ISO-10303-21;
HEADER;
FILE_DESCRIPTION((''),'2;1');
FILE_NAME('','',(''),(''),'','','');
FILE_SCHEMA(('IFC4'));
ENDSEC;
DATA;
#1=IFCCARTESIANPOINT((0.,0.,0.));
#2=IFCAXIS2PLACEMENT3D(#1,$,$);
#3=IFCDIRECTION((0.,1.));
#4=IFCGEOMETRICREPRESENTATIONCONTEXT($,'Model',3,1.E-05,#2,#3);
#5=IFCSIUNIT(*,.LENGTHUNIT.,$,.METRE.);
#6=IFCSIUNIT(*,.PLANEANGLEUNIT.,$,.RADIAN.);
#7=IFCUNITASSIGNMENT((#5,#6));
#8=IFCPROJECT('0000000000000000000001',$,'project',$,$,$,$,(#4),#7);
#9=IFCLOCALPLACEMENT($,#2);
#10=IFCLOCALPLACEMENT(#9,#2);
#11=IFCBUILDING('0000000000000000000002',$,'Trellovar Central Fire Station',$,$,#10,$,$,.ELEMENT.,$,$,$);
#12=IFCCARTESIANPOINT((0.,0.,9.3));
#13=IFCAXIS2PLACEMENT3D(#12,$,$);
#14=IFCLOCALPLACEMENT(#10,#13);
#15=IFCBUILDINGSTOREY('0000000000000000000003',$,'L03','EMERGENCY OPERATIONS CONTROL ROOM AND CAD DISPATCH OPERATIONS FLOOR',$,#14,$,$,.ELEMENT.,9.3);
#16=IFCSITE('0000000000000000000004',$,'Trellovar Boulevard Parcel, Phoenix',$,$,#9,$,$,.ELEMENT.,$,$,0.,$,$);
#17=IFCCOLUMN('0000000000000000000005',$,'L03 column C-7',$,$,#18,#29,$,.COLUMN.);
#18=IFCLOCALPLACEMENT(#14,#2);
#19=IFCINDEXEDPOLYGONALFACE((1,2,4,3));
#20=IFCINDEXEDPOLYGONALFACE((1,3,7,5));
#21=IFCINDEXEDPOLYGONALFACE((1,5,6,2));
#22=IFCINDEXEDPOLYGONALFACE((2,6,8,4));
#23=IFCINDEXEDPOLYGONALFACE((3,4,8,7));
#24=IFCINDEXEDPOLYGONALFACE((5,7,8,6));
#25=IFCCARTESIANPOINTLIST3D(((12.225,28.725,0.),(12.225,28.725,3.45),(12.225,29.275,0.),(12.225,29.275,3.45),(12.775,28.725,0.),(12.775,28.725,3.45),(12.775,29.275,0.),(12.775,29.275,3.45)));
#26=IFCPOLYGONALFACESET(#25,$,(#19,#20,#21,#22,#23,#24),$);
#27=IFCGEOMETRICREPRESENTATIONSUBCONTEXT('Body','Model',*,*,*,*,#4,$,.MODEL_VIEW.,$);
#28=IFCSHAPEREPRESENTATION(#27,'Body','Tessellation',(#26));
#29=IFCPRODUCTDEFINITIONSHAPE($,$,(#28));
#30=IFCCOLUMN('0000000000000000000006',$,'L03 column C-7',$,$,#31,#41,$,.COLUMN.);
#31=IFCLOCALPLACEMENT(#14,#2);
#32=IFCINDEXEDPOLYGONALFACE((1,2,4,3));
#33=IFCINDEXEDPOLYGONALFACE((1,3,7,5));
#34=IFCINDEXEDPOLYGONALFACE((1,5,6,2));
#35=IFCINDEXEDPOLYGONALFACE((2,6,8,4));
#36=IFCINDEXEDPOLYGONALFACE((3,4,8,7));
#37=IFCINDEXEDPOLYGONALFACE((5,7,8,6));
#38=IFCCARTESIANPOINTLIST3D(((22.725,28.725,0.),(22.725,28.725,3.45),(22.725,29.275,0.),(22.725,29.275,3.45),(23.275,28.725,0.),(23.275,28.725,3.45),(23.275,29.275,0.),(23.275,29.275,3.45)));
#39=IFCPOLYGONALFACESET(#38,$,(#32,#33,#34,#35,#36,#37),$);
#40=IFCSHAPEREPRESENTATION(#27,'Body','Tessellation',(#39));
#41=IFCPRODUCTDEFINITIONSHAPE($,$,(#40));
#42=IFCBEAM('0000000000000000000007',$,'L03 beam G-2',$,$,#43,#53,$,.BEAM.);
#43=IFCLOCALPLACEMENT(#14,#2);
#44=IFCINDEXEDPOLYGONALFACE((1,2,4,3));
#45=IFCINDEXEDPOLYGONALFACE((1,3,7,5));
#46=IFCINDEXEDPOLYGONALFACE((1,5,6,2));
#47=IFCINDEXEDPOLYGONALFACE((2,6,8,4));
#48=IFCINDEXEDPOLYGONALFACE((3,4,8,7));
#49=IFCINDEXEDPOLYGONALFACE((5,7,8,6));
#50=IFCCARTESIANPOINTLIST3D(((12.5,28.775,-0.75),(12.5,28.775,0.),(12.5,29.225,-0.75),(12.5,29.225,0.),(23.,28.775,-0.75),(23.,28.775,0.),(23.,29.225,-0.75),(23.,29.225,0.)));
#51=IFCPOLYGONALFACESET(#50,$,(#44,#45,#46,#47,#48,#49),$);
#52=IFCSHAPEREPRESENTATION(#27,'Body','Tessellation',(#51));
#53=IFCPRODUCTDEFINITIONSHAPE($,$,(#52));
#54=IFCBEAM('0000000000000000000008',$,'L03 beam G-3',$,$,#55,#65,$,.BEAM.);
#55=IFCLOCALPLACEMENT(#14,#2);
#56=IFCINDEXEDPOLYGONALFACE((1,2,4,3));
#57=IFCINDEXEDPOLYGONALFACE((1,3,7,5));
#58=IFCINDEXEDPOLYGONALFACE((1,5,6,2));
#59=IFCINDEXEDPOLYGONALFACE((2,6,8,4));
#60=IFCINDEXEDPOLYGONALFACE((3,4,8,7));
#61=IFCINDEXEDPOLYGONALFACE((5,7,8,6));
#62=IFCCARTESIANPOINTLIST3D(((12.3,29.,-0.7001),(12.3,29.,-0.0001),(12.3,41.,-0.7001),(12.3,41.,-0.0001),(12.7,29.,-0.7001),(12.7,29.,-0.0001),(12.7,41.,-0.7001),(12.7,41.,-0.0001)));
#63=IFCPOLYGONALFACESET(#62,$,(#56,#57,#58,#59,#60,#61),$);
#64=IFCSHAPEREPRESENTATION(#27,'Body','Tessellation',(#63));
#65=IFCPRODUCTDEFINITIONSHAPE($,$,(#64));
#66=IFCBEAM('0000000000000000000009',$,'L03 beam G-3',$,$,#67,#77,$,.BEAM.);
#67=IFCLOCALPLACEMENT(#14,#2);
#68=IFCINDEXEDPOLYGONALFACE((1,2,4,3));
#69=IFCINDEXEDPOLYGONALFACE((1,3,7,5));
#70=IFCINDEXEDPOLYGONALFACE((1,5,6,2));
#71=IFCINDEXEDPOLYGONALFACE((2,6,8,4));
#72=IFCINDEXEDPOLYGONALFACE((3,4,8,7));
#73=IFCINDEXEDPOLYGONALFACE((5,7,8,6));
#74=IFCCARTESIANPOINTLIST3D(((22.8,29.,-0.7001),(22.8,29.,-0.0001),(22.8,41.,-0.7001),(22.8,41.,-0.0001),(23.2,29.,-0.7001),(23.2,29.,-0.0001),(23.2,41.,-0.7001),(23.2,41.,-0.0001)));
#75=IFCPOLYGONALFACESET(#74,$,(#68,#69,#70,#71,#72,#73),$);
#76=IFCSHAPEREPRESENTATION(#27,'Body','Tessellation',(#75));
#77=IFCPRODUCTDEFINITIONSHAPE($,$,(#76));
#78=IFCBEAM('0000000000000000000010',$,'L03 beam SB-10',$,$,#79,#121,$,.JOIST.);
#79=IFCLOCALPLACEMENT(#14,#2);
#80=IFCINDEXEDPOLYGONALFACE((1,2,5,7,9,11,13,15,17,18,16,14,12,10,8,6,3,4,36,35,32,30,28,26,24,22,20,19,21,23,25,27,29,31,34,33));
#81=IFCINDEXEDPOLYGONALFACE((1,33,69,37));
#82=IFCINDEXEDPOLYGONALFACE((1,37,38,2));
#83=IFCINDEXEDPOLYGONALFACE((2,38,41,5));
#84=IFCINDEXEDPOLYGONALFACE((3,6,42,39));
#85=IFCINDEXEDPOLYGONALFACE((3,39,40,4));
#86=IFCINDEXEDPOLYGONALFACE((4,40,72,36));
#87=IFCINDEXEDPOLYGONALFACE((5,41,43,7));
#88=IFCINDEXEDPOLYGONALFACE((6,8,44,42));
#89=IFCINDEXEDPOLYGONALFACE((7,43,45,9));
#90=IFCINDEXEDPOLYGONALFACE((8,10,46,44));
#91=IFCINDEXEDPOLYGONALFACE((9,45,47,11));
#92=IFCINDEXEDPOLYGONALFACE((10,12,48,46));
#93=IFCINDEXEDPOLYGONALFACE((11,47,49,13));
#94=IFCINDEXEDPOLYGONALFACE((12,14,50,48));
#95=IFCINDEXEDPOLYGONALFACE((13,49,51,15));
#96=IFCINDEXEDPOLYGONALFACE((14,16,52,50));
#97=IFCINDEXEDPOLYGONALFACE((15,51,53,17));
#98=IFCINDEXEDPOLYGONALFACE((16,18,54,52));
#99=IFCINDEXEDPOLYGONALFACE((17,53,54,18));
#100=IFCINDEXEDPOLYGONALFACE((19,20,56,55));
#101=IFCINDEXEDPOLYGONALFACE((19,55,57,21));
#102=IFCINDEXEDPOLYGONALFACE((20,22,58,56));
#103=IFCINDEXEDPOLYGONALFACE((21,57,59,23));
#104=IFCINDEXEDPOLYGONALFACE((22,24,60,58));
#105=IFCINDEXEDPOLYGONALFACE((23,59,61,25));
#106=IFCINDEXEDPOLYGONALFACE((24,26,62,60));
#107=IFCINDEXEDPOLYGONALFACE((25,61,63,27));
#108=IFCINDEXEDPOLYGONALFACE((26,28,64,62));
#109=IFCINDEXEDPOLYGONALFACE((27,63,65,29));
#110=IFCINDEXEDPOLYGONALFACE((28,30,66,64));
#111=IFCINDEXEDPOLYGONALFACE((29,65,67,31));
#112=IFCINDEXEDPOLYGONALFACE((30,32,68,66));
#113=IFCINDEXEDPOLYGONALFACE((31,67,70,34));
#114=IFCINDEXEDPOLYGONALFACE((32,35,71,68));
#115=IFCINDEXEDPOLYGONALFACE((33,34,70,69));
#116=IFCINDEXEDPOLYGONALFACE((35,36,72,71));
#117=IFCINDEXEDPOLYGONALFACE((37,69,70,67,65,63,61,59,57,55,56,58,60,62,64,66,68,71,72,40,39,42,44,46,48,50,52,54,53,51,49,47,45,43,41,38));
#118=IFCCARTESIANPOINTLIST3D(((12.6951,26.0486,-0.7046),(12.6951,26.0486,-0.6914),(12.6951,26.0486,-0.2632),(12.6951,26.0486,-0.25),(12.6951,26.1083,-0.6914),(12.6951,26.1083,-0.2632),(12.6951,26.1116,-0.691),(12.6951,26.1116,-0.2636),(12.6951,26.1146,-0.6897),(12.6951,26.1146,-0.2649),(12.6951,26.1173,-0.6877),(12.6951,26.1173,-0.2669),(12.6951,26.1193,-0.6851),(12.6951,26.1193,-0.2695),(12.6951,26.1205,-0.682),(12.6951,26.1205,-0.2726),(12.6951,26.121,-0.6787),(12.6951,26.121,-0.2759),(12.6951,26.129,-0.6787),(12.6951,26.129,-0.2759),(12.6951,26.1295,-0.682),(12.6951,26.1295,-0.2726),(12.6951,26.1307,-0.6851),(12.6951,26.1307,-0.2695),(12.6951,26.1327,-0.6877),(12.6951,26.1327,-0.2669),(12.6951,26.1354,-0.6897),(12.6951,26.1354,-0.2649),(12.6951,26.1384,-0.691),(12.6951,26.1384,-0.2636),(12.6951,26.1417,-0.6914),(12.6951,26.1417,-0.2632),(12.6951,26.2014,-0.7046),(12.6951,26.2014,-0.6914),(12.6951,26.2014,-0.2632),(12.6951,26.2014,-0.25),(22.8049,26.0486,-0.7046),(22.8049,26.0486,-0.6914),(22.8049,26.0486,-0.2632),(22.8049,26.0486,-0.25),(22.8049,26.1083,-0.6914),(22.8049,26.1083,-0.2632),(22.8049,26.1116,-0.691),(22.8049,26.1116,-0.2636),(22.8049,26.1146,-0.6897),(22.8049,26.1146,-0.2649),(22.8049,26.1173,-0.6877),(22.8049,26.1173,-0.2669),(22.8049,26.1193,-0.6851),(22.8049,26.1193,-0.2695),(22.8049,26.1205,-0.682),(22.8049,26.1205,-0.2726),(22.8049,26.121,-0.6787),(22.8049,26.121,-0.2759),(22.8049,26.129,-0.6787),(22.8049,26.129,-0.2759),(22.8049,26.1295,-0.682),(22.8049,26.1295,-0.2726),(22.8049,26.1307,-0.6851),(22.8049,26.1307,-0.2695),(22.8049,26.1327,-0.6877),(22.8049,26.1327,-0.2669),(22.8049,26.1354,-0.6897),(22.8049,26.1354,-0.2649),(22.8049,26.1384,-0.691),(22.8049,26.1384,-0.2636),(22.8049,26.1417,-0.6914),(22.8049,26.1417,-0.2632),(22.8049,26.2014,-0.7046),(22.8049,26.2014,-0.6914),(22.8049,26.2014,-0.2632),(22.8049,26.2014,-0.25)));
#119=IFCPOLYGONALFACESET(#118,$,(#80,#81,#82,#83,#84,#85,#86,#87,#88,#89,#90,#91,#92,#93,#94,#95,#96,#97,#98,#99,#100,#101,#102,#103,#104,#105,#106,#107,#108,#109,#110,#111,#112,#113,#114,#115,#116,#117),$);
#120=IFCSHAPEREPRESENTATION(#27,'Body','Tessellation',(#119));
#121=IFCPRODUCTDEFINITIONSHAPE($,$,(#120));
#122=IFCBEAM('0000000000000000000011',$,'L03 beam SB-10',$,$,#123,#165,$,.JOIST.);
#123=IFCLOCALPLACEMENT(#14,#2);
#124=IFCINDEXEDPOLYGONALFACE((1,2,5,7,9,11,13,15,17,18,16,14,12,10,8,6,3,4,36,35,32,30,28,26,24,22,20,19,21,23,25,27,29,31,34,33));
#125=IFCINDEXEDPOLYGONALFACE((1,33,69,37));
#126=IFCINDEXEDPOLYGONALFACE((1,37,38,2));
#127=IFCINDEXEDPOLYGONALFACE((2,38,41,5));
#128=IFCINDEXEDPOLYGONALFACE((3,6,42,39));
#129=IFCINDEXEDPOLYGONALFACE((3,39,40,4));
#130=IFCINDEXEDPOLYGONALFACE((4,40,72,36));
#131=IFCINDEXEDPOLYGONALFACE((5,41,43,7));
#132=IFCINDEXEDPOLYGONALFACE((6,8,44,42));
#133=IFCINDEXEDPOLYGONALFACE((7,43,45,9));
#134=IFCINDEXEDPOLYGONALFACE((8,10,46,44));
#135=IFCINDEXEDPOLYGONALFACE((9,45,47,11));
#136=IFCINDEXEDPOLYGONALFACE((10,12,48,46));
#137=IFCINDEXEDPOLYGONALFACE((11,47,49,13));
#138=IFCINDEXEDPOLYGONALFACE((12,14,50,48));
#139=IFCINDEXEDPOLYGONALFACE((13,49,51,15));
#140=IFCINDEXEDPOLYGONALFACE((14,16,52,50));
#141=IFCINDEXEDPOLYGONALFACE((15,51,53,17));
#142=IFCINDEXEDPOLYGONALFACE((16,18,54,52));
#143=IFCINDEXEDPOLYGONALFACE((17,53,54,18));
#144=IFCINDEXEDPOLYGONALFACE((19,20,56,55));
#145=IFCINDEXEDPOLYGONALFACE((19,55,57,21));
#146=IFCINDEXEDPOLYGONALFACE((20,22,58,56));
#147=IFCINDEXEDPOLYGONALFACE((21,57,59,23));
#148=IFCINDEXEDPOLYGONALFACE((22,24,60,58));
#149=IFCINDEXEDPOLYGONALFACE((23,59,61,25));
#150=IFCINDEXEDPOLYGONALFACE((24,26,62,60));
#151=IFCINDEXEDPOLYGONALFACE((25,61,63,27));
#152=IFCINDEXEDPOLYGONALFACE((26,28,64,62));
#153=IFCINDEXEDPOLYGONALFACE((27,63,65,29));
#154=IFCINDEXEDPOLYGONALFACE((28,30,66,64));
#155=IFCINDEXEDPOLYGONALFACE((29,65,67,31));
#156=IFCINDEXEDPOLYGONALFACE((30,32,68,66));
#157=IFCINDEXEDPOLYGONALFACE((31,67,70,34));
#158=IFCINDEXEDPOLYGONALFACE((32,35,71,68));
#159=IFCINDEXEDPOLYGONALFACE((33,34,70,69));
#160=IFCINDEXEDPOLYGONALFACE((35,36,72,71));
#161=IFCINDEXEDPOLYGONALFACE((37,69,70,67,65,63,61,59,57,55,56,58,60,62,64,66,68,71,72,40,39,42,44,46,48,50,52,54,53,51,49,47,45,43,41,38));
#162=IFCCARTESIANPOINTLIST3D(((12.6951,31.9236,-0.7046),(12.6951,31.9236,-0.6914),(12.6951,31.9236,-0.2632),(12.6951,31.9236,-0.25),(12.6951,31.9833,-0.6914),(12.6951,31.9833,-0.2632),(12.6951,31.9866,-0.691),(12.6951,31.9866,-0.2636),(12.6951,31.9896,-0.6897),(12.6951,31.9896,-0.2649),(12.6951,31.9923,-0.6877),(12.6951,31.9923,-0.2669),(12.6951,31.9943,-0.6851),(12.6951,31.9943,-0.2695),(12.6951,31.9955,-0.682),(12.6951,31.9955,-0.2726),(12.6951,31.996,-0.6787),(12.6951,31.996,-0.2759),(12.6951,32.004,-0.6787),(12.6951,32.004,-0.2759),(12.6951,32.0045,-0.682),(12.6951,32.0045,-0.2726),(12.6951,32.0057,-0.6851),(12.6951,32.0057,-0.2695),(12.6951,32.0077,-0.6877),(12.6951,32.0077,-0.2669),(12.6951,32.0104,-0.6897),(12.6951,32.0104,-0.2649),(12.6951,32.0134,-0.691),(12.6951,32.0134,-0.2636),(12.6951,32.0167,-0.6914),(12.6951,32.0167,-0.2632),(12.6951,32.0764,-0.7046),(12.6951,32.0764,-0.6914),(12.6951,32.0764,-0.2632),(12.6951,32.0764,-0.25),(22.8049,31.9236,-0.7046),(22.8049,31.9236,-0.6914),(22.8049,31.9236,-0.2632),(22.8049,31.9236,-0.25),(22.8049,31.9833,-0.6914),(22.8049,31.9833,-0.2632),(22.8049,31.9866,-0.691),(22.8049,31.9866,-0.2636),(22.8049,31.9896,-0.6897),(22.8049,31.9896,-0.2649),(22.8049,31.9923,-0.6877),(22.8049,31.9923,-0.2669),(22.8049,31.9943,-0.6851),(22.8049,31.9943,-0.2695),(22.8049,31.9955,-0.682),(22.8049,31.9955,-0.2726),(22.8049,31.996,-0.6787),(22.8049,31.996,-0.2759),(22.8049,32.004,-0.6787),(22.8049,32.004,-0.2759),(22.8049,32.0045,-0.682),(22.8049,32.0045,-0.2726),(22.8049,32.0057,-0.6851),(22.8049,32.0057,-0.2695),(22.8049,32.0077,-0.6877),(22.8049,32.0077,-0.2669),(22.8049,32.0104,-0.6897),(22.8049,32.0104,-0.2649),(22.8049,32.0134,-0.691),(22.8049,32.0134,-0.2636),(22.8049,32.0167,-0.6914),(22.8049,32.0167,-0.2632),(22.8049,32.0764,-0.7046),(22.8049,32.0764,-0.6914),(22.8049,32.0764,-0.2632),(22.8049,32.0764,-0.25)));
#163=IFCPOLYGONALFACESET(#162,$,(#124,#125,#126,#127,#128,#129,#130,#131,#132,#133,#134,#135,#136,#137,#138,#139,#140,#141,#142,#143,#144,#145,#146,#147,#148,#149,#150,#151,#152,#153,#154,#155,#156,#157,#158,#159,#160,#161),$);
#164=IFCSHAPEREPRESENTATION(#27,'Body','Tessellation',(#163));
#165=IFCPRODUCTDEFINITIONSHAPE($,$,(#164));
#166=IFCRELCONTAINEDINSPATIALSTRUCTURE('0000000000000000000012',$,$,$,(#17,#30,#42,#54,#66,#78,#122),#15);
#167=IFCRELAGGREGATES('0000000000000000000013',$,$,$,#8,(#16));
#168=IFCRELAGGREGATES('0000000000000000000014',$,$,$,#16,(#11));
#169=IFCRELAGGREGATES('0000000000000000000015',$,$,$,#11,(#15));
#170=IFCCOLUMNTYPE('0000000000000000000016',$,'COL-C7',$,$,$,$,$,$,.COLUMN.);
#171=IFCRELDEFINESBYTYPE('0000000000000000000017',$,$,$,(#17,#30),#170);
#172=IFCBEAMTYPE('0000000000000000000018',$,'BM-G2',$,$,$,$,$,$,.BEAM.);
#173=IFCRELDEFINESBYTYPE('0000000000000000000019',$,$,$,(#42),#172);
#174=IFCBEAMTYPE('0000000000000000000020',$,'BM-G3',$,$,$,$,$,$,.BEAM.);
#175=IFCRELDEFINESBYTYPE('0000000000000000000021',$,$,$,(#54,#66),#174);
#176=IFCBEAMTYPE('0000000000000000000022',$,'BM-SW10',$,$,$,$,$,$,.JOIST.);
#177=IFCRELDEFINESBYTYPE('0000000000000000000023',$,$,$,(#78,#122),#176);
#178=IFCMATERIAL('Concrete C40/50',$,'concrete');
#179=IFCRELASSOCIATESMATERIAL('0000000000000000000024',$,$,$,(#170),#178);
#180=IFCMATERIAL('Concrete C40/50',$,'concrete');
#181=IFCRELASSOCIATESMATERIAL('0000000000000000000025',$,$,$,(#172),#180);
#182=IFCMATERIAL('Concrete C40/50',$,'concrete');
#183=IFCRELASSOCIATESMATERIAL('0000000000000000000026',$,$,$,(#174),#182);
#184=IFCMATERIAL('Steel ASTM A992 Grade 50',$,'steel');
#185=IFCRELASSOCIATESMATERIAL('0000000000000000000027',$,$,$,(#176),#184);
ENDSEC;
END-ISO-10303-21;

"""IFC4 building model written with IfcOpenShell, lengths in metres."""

from ifc_helpers import new_model, si_unit, direction, frame, origin, origin_2d, place, context, subcontext, project, spatial, rectangle, i_section, extrude, material, material_profile, profile_set, type_object, element, save


model = new_model("IFC4")

# Units and contexts
model_context = context("Model", 3, precision=1e-05, world=origin(), true_north=direction((0.0, 1.0)))
body_context = subcontext(model_context, "Body", "Model", "MODEL_VIEW")
ifc_project = project(units=[si_unit("LENGTHUNIT", "METRE"), si_unit("PLANEANGLEUNIT", "RADIAN")], contexts=[model_context])

# Site, building, storey
site_placement = place(None, origin())
site = spatial("IfcSite", under=ifc_project, at=site_placement, Name="Trellovar Boulevard Parcel, Phoenix", CompositionType="ELEMENT", RefElevation=0.0)
building_placement = place(site_placement, origin())
building = spatial("IfcBuilding", under=site, at=building_placement, Name="Trellovar Central Fire Station", CompositionType="ELEMENT")
storey_placement = place(building_placement, frame((0.0, 0.0, 9.3)))
storey = spatial("IfcBuildingStorey", under=building, at=storey_placement, Name="L03", Description="EMERGENCY OPERATIONS CONTROL ROOM AND CAD DISPATCH OPERATIONS FLOOR", CompositionType="ELEMENT", Elevation=9.3)

# Columns
ifc_material_1 = material(Name="Concrete C40/50", Category="concrete")
ifc_material_profile_1 = material_profile(ifc_material_1, rectangle(XDim=0.55, YDim=0.55, at=origin_2d()), Name="RC550X550")
ifc_profile_set_1 = profile_set([ifc_material_profile_1], Name="Concrete C40/50")
column_type = type_object("IfcColumnType", Name="COL-C7", PredefinedType="COLUMN", material=ifc_profile_set_1)
for number, where, z_axis, x_axis, name in (
    (1, (12.5, 29.0, 0.0), (0.0, 0.0, 1.0), (1.0, 0.0, 0.0), "L03 column C-7"),
    (2, (23.0, 29.0, 0.0), (0.0, 0.0, 1.0), (1.0, 0.0, 0.0), "L03 column C-7"),
):
    element("IfcColumn", number, at=place(storey_placement, frame(where, z_axis=z_axis, x_axis=x_axis)), inside=storey, type_object=column_type, Name=name, PredefinedType="COLUMN", context=body_context, shape_type="SweptSolid", body=[
        extrude(rectangle(XDim=0.55, YDim=0.55, at=origin_2d()), origin(), (0.0, 0.0, 1.0), 3.45),
    ])

# Beams
ifc_material_2 = material(Name="Concrete C40/50", Category="concrete")
ifc_material_profile_2 = material_profile(ifc_material_2, rectangle(XDim=0.45, YDim=0.75, at=origin_2d()), Name="RC450X750")
ifc_profile_set_2 = profile_set([ifc_material_profile_2], Name="Concrete C40/50")
beam_type_1 = type_object("IfcBeamType", Name="BM-G2", PredefinedType="BEAM", material=ifc_profile_set_2)
beam_1_placement = place(storey_placement, frame((12.5, 29.0, -0.375), z_axis=(1.0, 0.0, 0.0), x_axis=(0.0, 1.0, 0.0)))
element("IfcBeam", 3, at=beam_1_placement, inside=storey, type_object=beam_type_1, Name="L03 beam G-2", PredefinedType="BEAM", context=body_context, shape_type="SweptSolid", body=[
    extrude(rectangle(XDim=0.45, YDim=0.75, at=origin_2d()), origin(), (0.0, 0.0, 1.0), 10.5),
])
ifc_material_3 = material(Name="Concrete C40/50", Category="concrete")
ifc_material_profile_3 = material_profile(ifc_material_3, rectangle(XDim=0.3999, YDim=0.7, at=origin_2d()), Name="RC400X700")
ifc_profile_set_3 = profile_set([ifc_material_profile_3], Name="Concrete C40/50")
beam_type_2 = type_object("IfcBeamType", Name="BM-G3", PredefinedType="BEAM", material=ifc_profile_set_3)
for number, where, z_axis, x_axis, name in (
    (4, (12.5, 29.0, -0.3501), (0.0, 1.0, 0.0), (-1.0, 0.0, 0.0), "L03 beam G-3"),
    (5, (23.0, 29.0, -0.3501), (0.0, 1.0, 0.0), (-1.0, 0.0, 0.0), "L03 beam G-3"),
):
    element("IfcBeam", number, at=place(storey_placement, frame(where, z_axis=z_axis, x_axis=x_axis)), inside=storey, type_object=beam_type_2, Name=name, PredefinedType="BEAM", context=body_context, shape_type="SweptSolid", body=[
        extrude(rectangle(XDim=0.3999, YDim=0.7, at=origin_2d()), origin(), (0.0, 0.0, 1.0), 12.0),
    ])
ifc_material_4 = material(Name="Steel ASTM A992 Grade 50", Category="steel")
ifc_material_profile_4 = material_profile(ifc_material_4, i_section(OverallWidth=0.1528, OverallDepth=0.4546, WebThickness=0.0081, FlangeThickness=0.0132, FilletRadius=0.0127, at=origin_2d()), Name="W18X40")
ifc_profile_set_4 = profile_set([ifc_material_profile_4], Name="Steel ASTM A992 Grade 50")
beam_type_3 = type_object("IfcBeamType", Name="BM-SW10", PredefinedType="JOIST", material=ifc_profile_set_4)
for number, where, z_axis, x_axis, name in (
    (6, (12.6951, 26.125, -0.4773), (1.0, 0.0, 0.0), (0.0, 1.0, 0.0), "L03 beam SB-10"),
    (7, (12.6951, 32.0, -0.4773), (1.0, 0.0, 0.0), (0.0, 1.0, 0.0), "L03 beam SB-10"),
):
    element("IfcBeam", number, at=place(storey_placement, frame(where, z_axis=z_axis, x_axis=x_axis)), inside=storey, type_object=beam_type_3, Name=name, PredefinedType="JOIST", context=body_context, shape_type="SweptSolid", body=[
        extrude(i_section(OverallWidth=0.1528, OverallDepth=0.4546, WebThickness=0.0081, FlangeThickness=0.0132, FilletRadius=0.0127, at=origin_2d()), origin(), (0.0, 0.0, 1.0), 10.1099),
    ])

save(model, "model.ifc")
